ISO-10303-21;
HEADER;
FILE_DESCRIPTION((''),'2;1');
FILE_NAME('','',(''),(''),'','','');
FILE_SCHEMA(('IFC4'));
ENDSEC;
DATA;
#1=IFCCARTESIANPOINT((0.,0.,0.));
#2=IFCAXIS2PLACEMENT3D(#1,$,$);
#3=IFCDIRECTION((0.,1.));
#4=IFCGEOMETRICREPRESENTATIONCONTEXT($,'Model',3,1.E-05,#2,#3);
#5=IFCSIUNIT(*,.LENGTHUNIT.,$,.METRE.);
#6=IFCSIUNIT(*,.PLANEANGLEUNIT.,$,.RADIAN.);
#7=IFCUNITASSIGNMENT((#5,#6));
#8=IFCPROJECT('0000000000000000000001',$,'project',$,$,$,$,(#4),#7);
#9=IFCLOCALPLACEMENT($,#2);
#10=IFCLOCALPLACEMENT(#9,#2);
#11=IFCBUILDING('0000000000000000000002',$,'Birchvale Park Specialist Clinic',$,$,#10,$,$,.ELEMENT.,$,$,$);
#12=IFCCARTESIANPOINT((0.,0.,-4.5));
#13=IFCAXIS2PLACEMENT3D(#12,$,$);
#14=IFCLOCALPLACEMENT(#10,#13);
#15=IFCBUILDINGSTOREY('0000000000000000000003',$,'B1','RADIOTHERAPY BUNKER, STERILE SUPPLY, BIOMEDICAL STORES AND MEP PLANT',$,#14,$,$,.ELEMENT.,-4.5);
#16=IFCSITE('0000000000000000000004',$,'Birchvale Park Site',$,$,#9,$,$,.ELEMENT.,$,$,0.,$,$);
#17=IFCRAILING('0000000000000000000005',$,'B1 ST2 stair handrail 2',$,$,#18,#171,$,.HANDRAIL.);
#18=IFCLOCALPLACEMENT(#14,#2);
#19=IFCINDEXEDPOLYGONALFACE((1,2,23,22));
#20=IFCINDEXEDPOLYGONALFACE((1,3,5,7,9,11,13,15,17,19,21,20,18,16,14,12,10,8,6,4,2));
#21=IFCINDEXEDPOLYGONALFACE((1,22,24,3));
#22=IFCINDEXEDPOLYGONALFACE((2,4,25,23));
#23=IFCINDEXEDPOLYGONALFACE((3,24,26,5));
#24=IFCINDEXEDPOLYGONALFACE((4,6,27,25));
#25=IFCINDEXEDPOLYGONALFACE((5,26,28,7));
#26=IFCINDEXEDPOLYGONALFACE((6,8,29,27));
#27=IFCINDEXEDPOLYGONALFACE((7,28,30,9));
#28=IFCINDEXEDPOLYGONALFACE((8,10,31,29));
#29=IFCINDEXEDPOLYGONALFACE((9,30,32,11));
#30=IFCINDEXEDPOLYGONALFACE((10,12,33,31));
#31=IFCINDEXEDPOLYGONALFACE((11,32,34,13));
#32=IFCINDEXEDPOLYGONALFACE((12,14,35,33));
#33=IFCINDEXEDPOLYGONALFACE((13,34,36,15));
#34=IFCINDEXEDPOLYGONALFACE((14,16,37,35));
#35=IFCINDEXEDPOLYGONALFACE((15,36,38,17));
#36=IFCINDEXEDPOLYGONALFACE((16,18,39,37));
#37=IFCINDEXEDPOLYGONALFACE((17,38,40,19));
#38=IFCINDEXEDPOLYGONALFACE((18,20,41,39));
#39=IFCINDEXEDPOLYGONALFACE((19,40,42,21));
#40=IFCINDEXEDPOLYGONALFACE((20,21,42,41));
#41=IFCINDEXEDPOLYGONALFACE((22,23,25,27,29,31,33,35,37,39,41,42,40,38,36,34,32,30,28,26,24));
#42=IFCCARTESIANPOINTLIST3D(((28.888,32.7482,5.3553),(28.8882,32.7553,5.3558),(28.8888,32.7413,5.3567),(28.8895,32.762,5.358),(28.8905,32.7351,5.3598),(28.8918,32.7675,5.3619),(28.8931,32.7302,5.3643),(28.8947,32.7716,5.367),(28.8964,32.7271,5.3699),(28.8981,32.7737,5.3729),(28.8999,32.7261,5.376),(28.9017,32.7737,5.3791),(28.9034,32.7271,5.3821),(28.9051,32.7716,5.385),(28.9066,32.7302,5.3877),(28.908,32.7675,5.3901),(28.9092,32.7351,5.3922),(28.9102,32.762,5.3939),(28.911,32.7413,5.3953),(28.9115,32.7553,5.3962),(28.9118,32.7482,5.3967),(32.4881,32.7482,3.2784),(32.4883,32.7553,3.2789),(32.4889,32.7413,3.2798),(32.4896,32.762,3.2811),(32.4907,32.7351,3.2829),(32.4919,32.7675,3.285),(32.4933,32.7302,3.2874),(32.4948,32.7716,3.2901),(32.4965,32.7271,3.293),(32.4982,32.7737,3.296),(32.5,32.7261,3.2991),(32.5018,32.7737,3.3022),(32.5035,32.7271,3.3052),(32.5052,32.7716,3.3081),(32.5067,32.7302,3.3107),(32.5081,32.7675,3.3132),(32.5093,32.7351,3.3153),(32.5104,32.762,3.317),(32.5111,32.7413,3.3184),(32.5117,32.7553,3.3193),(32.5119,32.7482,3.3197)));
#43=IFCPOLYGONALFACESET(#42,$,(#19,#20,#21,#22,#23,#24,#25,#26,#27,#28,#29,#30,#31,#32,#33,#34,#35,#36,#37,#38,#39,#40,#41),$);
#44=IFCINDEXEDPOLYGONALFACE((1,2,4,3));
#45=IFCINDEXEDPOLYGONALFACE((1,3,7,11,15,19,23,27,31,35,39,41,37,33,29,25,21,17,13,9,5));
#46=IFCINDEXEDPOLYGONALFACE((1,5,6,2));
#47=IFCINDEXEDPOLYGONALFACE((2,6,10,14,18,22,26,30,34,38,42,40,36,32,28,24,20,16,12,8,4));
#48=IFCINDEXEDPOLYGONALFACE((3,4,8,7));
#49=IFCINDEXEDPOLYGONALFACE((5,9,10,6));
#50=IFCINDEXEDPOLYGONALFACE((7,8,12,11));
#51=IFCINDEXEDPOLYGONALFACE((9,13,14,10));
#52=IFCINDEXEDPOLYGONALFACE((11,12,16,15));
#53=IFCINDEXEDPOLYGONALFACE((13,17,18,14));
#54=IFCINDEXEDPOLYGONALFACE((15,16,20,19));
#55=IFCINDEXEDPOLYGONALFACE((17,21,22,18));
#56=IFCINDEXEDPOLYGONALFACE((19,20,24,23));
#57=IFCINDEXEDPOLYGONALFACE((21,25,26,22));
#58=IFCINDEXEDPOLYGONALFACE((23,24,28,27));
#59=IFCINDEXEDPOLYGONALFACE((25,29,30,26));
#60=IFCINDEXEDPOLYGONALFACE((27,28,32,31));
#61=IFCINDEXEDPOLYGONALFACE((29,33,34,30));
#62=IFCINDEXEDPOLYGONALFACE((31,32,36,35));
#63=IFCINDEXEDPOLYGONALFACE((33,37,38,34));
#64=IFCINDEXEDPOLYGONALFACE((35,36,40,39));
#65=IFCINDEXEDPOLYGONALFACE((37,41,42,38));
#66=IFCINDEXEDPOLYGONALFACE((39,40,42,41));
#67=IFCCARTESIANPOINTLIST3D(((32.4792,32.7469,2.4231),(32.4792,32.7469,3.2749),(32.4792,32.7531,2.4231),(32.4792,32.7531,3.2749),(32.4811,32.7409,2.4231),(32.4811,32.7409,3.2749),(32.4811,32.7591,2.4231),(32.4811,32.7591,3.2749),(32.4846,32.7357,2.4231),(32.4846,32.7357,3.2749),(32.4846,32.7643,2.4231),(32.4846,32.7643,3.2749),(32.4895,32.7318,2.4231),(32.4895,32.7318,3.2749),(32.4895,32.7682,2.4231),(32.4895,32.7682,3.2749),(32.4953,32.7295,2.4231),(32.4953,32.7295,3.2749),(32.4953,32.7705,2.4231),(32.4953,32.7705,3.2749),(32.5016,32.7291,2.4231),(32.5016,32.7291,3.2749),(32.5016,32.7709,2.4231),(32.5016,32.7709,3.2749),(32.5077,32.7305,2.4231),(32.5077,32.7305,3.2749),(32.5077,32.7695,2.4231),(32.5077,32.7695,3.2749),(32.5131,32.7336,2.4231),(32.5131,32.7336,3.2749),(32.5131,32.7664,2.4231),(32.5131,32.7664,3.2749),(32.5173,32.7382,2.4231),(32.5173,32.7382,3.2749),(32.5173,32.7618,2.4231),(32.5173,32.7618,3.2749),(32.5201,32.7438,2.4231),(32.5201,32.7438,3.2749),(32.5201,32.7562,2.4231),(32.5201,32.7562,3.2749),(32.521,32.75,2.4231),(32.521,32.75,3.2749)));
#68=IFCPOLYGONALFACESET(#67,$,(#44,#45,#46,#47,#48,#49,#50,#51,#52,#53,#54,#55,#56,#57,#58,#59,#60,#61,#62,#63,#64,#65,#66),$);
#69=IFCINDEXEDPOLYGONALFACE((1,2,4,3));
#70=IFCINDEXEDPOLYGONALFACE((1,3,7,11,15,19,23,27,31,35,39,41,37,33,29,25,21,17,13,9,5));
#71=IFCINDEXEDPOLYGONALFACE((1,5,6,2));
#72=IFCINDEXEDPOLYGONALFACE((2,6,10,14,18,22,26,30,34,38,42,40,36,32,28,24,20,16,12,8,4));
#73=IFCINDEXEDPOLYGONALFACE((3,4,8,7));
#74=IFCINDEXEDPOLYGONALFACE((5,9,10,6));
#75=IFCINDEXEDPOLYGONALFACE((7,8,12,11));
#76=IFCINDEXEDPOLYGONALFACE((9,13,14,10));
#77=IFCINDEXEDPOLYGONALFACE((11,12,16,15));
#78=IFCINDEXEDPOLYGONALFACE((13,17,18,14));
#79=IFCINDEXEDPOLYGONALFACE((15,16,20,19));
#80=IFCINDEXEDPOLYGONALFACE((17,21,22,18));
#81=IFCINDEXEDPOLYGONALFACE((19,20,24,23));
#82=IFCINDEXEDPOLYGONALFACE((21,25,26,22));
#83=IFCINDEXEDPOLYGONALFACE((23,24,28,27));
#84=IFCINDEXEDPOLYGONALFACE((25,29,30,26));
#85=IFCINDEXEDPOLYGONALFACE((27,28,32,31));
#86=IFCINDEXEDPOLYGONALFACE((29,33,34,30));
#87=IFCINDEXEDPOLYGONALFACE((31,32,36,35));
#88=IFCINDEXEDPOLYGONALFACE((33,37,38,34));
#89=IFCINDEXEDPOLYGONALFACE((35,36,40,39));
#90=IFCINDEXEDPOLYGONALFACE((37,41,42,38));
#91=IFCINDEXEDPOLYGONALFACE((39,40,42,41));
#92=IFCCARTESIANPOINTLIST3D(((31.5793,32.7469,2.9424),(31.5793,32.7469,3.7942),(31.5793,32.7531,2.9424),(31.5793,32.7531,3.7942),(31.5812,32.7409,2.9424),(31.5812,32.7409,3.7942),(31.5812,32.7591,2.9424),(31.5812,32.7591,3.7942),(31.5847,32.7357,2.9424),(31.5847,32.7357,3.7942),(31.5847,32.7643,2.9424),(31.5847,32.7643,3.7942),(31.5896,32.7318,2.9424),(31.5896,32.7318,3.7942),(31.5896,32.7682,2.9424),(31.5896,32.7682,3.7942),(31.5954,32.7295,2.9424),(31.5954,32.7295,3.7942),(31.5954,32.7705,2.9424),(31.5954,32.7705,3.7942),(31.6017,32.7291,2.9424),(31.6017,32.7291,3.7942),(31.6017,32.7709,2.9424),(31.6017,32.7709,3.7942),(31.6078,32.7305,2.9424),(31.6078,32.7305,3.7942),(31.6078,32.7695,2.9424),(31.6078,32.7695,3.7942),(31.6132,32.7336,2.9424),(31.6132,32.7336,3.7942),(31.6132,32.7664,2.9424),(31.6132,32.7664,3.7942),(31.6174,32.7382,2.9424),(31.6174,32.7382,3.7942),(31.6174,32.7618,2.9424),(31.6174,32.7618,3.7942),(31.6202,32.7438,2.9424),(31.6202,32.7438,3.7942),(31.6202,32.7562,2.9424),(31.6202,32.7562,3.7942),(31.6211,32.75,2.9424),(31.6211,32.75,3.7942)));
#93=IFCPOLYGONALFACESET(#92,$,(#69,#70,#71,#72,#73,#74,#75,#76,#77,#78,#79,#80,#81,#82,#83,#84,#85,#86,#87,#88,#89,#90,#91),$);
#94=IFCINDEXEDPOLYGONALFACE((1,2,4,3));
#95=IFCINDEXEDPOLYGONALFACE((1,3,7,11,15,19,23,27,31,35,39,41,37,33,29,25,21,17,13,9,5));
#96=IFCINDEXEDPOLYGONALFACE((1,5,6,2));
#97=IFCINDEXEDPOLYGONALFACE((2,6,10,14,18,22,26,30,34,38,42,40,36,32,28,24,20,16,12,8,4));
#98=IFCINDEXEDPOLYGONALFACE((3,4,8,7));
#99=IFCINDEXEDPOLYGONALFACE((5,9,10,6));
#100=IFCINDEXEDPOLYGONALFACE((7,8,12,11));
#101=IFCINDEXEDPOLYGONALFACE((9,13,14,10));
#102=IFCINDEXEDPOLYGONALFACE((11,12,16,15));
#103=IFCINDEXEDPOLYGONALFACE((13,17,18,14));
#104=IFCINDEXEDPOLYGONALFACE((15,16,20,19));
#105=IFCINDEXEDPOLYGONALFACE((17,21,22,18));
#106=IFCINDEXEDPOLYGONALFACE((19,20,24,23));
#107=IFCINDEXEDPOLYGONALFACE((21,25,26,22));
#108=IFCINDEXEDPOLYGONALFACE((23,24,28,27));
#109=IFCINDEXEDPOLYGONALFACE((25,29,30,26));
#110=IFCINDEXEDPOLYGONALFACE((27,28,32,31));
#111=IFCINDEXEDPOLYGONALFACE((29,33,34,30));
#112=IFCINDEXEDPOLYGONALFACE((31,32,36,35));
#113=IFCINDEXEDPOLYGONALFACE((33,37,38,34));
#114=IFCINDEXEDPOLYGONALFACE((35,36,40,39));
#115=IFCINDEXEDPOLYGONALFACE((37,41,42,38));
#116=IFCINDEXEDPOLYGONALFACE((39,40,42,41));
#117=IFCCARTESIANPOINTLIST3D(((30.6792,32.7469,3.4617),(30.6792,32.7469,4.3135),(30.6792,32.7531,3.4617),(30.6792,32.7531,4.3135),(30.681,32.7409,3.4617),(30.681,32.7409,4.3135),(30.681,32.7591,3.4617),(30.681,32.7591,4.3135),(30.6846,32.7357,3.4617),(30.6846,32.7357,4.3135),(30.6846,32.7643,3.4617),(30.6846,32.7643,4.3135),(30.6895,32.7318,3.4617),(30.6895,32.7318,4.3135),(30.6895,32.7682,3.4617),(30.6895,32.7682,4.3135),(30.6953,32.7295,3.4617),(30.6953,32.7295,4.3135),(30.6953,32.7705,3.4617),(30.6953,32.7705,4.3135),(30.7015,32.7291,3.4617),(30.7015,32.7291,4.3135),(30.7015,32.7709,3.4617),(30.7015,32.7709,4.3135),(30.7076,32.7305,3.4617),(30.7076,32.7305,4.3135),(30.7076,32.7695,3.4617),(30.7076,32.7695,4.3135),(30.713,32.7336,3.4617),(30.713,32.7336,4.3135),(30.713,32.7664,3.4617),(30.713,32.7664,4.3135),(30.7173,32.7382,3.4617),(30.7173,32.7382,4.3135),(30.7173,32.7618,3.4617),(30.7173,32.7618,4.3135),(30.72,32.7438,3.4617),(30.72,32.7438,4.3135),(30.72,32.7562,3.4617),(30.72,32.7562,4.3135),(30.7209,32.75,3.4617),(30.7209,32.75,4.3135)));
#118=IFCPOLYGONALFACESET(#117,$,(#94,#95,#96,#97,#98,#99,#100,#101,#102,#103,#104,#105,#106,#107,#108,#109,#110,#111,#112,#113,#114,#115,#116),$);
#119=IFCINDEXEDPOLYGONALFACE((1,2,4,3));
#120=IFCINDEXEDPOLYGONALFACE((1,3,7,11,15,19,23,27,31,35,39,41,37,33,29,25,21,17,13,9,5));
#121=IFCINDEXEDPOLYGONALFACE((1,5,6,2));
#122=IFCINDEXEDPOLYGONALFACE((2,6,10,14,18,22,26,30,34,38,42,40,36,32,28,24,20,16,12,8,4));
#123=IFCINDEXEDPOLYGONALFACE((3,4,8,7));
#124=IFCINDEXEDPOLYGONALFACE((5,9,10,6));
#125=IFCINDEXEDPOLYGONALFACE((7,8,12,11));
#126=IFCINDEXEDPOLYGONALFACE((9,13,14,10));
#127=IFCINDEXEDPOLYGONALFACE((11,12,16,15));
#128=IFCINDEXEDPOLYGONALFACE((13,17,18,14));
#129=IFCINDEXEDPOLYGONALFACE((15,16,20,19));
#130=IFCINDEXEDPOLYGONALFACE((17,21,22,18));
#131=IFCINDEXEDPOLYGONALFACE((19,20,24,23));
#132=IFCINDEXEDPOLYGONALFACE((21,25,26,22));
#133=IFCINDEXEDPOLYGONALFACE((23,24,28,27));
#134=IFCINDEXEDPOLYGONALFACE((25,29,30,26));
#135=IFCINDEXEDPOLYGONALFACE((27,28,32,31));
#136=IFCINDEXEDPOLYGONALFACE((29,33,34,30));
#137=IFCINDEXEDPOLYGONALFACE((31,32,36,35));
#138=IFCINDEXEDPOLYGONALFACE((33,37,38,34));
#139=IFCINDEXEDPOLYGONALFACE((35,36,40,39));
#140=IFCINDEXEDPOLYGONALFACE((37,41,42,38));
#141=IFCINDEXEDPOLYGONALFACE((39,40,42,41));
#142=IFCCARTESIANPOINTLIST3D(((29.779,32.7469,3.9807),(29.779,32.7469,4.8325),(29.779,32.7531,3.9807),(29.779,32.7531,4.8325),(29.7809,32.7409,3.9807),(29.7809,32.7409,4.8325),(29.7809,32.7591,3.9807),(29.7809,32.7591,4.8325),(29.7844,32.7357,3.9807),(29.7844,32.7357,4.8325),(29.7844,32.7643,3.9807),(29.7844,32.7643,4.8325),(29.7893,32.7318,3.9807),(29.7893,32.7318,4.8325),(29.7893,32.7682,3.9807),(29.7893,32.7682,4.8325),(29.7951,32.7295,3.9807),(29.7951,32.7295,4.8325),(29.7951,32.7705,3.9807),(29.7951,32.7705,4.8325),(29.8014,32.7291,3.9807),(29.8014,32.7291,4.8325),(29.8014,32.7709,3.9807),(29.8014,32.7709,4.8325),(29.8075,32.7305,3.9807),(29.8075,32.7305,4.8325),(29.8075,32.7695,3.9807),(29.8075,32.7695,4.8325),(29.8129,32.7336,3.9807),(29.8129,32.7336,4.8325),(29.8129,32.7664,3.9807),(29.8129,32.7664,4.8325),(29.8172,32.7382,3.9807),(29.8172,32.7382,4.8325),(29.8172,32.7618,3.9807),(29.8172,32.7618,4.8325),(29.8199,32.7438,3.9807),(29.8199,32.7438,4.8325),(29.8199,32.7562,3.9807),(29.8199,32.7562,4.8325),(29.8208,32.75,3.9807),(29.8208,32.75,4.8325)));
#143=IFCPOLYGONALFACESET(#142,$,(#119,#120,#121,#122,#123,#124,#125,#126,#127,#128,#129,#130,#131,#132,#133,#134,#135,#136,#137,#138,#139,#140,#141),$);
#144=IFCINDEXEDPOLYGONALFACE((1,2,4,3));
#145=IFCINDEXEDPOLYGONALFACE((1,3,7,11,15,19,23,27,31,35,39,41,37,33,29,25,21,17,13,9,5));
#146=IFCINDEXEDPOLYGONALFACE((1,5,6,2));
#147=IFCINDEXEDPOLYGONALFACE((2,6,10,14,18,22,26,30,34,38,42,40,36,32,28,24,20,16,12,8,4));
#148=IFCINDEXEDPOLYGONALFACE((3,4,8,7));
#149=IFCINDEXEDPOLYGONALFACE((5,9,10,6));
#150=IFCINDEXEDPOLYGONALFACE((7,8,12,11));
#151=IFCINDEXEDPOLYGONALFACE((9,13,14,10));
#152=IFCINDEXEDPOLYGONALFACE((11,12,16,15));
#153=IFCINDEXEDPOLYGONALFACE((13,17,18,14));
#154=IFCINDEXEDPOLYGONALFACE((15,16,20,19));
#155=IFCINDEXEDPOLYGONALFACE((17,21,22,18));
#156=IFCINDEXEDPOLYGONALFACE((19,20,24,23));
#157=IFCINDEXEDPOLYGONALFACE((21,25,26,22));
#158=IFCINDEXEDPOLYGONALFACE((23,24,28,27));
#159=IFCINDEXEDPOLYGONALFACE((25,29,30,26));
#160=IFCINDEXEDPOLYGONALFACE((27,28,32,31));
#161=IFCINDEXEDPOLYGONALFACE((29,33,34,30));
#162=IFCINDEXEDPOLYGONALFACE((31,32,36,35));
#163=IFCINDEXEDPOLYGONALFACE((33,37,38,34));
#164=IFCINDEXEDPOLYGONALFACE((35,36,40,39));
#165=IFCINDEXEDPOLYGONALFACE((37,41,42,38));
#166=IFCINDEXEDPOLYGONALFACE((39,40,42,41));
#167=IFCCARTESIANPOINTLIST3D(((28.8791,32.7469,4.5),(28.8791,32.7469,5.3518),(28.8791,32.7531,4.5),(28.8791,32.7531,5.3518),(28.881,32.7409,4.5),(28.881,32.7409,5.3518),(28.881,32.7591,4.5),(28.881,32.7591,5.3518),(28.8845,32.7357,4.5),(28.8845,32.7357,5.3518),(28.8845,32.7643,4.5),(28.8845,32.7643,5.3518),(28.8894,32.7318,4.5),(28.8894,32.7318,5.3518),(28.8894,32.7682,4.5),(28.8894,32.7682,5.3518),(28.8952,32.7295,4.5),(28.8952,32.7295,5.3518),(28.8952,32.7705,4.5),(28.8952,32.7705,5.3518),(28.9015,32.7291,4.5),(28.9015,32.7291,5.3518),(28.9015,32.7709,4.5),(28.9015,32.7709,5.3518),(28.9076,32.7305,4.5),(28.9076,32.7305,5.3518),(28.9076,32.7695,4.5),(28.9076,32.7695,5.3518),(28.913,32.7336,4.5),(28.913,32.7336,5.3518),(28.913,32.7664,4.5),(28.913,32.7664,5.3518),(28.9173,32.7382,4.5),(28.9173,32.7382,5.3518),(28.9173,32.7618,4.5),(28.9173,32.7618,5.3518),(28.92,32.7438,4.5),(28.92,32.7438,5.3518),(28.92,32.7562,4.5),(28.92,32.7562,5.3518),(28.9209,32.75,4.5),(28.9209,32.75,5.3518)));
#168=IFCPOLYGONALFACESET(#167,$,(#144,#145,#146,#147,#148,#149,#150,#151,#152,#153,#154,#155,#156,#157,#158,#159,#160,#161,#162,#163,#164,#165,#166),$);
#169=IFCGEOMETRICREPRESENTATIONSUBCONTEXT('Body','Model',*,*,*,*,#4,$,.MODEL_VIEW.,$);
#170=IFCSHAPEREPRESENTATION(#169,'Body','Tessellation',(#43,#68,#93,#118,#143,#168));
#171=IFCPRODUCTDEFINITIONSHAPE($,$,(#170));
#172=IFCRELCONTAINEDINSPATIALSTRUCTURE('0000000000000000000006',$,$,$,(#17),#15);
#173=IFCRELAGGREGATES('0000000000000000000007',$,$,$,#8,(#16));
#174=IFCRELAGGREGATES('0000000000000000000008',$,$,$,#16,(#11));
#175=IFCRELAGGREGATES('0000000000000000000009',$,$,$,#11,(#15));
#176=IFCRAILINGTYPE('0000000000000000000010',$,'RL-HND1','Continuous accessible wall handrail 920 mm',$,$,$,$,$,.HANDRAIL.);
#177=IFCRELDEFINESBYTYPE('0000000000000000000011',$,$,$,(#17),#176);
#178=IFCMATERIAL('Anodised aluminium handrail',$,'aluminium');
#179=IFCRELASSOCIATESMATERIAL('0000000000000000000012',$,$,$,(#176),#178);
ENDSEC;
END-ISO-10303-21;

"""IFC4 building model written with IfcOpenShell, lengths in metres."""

from ifc_helpers import new_model, si_unit, direction, frame, origin, origin_2d, place, context, subcontext, project, spatial, circle, extrude, material, type_object, element, save


model = new_model("IFC4")

# Units and contexts
model_context = context("Model", 3, precision=1e-05, world=origin(), true_north=direction((0.0, 1.0)))
body_context = subcontext(model_context, "Body", "Model", "MODEL_VIEW")
ifc_project = project(units=[si_unit("LENGTHUNIT", "METRE"), si_unit("PLANEANGLEUNIT", "RADIAN")], contexts=[model_context])

# Site, building, storey
site_placement = place(None, origin())
site = spatial("IfcSite", under=ifc_project, at=site_placement, Name="Birchvale Park Site", CompositionType="ELEMENT", RefElevation=0.0)
building_placement = place(site_placement, origin())
building = spatial("IfcBuilding", under=site, at=building_placement, Name="Birchvale Park Specialist Clinic", CompositionType="ELEMENT")
storey_placement = place(building_placement, frame((0.0, 0.0, -4.5)))
storey = spatial("IfcBuildingStorey", under=building, at=storey_placement, Name="B1", Description="RADIOTHERAPY BUNKER, STERILE SUPPLY, BIOMEDICAL STORES AND MEP PLANT", CompositionType="ELEMENT", Elevation=-4.5)

# Railing
ifc_material_1 = material(Name="Anodised aluminium handrail", Category="aluminium")
railing_type_1 = type_object("IfcRailingType", Name="RL-HND1", Description="Continuous accessible wall handrail 920 mm", PredefinedType="HANDRAIL", material=ifc_material_1)
railing_1_placement = place(storey_placement, frame((32.5, 32.75, 2.4231)))
element("IfcRailing", 1, at=railing_1_placement, inside=storey, type_object=railing_type_1, Name="B1 ST2 stair handrail 2", PredefinedType="HANDRAIL", context=body_context, shape_type="SweptSolid", body=[
    extrude(circle(Radius=0.0239, at=origin_2d()), frame((0.0, 0.0, 0.876), z_axis=(-0.866193, 0.0, 0.499709), x_axis=(0.0, -1.0, 0.0)), (0.0, 0.0, 1.0), 4.1562),
    extrude(circle(Radius=0.021, at=origin_2d()), origin(), (0.0, 0.0, 1.0), 0.8518),
    extrude(circle(Radius=0.021, at=origin_2d()), frame((-0.8999, 0.0, 0.5193)), (0.0, 0.0, 1.0), 0.8518),
    extrude(circle(Radius=0.021, at=origin_2d()), frame((-1.8, 0.0, 1.0386)), (0.0, 0.0, 1.0), 0.8518),
    extrude(circle(Radius=0.021, at=origin_2d()), frame((-2.7002, 0.0, 1.5576)), (0.0, 0.0, 1.0), 0.8518),
    extrude(circle(Radius=0.021, at=origin_2d()), frame((-3.6001, 0.0, 2.0769)), (0.0, 0.0, 1.0), 0.8518),
])

save(model, "model.ifc")
